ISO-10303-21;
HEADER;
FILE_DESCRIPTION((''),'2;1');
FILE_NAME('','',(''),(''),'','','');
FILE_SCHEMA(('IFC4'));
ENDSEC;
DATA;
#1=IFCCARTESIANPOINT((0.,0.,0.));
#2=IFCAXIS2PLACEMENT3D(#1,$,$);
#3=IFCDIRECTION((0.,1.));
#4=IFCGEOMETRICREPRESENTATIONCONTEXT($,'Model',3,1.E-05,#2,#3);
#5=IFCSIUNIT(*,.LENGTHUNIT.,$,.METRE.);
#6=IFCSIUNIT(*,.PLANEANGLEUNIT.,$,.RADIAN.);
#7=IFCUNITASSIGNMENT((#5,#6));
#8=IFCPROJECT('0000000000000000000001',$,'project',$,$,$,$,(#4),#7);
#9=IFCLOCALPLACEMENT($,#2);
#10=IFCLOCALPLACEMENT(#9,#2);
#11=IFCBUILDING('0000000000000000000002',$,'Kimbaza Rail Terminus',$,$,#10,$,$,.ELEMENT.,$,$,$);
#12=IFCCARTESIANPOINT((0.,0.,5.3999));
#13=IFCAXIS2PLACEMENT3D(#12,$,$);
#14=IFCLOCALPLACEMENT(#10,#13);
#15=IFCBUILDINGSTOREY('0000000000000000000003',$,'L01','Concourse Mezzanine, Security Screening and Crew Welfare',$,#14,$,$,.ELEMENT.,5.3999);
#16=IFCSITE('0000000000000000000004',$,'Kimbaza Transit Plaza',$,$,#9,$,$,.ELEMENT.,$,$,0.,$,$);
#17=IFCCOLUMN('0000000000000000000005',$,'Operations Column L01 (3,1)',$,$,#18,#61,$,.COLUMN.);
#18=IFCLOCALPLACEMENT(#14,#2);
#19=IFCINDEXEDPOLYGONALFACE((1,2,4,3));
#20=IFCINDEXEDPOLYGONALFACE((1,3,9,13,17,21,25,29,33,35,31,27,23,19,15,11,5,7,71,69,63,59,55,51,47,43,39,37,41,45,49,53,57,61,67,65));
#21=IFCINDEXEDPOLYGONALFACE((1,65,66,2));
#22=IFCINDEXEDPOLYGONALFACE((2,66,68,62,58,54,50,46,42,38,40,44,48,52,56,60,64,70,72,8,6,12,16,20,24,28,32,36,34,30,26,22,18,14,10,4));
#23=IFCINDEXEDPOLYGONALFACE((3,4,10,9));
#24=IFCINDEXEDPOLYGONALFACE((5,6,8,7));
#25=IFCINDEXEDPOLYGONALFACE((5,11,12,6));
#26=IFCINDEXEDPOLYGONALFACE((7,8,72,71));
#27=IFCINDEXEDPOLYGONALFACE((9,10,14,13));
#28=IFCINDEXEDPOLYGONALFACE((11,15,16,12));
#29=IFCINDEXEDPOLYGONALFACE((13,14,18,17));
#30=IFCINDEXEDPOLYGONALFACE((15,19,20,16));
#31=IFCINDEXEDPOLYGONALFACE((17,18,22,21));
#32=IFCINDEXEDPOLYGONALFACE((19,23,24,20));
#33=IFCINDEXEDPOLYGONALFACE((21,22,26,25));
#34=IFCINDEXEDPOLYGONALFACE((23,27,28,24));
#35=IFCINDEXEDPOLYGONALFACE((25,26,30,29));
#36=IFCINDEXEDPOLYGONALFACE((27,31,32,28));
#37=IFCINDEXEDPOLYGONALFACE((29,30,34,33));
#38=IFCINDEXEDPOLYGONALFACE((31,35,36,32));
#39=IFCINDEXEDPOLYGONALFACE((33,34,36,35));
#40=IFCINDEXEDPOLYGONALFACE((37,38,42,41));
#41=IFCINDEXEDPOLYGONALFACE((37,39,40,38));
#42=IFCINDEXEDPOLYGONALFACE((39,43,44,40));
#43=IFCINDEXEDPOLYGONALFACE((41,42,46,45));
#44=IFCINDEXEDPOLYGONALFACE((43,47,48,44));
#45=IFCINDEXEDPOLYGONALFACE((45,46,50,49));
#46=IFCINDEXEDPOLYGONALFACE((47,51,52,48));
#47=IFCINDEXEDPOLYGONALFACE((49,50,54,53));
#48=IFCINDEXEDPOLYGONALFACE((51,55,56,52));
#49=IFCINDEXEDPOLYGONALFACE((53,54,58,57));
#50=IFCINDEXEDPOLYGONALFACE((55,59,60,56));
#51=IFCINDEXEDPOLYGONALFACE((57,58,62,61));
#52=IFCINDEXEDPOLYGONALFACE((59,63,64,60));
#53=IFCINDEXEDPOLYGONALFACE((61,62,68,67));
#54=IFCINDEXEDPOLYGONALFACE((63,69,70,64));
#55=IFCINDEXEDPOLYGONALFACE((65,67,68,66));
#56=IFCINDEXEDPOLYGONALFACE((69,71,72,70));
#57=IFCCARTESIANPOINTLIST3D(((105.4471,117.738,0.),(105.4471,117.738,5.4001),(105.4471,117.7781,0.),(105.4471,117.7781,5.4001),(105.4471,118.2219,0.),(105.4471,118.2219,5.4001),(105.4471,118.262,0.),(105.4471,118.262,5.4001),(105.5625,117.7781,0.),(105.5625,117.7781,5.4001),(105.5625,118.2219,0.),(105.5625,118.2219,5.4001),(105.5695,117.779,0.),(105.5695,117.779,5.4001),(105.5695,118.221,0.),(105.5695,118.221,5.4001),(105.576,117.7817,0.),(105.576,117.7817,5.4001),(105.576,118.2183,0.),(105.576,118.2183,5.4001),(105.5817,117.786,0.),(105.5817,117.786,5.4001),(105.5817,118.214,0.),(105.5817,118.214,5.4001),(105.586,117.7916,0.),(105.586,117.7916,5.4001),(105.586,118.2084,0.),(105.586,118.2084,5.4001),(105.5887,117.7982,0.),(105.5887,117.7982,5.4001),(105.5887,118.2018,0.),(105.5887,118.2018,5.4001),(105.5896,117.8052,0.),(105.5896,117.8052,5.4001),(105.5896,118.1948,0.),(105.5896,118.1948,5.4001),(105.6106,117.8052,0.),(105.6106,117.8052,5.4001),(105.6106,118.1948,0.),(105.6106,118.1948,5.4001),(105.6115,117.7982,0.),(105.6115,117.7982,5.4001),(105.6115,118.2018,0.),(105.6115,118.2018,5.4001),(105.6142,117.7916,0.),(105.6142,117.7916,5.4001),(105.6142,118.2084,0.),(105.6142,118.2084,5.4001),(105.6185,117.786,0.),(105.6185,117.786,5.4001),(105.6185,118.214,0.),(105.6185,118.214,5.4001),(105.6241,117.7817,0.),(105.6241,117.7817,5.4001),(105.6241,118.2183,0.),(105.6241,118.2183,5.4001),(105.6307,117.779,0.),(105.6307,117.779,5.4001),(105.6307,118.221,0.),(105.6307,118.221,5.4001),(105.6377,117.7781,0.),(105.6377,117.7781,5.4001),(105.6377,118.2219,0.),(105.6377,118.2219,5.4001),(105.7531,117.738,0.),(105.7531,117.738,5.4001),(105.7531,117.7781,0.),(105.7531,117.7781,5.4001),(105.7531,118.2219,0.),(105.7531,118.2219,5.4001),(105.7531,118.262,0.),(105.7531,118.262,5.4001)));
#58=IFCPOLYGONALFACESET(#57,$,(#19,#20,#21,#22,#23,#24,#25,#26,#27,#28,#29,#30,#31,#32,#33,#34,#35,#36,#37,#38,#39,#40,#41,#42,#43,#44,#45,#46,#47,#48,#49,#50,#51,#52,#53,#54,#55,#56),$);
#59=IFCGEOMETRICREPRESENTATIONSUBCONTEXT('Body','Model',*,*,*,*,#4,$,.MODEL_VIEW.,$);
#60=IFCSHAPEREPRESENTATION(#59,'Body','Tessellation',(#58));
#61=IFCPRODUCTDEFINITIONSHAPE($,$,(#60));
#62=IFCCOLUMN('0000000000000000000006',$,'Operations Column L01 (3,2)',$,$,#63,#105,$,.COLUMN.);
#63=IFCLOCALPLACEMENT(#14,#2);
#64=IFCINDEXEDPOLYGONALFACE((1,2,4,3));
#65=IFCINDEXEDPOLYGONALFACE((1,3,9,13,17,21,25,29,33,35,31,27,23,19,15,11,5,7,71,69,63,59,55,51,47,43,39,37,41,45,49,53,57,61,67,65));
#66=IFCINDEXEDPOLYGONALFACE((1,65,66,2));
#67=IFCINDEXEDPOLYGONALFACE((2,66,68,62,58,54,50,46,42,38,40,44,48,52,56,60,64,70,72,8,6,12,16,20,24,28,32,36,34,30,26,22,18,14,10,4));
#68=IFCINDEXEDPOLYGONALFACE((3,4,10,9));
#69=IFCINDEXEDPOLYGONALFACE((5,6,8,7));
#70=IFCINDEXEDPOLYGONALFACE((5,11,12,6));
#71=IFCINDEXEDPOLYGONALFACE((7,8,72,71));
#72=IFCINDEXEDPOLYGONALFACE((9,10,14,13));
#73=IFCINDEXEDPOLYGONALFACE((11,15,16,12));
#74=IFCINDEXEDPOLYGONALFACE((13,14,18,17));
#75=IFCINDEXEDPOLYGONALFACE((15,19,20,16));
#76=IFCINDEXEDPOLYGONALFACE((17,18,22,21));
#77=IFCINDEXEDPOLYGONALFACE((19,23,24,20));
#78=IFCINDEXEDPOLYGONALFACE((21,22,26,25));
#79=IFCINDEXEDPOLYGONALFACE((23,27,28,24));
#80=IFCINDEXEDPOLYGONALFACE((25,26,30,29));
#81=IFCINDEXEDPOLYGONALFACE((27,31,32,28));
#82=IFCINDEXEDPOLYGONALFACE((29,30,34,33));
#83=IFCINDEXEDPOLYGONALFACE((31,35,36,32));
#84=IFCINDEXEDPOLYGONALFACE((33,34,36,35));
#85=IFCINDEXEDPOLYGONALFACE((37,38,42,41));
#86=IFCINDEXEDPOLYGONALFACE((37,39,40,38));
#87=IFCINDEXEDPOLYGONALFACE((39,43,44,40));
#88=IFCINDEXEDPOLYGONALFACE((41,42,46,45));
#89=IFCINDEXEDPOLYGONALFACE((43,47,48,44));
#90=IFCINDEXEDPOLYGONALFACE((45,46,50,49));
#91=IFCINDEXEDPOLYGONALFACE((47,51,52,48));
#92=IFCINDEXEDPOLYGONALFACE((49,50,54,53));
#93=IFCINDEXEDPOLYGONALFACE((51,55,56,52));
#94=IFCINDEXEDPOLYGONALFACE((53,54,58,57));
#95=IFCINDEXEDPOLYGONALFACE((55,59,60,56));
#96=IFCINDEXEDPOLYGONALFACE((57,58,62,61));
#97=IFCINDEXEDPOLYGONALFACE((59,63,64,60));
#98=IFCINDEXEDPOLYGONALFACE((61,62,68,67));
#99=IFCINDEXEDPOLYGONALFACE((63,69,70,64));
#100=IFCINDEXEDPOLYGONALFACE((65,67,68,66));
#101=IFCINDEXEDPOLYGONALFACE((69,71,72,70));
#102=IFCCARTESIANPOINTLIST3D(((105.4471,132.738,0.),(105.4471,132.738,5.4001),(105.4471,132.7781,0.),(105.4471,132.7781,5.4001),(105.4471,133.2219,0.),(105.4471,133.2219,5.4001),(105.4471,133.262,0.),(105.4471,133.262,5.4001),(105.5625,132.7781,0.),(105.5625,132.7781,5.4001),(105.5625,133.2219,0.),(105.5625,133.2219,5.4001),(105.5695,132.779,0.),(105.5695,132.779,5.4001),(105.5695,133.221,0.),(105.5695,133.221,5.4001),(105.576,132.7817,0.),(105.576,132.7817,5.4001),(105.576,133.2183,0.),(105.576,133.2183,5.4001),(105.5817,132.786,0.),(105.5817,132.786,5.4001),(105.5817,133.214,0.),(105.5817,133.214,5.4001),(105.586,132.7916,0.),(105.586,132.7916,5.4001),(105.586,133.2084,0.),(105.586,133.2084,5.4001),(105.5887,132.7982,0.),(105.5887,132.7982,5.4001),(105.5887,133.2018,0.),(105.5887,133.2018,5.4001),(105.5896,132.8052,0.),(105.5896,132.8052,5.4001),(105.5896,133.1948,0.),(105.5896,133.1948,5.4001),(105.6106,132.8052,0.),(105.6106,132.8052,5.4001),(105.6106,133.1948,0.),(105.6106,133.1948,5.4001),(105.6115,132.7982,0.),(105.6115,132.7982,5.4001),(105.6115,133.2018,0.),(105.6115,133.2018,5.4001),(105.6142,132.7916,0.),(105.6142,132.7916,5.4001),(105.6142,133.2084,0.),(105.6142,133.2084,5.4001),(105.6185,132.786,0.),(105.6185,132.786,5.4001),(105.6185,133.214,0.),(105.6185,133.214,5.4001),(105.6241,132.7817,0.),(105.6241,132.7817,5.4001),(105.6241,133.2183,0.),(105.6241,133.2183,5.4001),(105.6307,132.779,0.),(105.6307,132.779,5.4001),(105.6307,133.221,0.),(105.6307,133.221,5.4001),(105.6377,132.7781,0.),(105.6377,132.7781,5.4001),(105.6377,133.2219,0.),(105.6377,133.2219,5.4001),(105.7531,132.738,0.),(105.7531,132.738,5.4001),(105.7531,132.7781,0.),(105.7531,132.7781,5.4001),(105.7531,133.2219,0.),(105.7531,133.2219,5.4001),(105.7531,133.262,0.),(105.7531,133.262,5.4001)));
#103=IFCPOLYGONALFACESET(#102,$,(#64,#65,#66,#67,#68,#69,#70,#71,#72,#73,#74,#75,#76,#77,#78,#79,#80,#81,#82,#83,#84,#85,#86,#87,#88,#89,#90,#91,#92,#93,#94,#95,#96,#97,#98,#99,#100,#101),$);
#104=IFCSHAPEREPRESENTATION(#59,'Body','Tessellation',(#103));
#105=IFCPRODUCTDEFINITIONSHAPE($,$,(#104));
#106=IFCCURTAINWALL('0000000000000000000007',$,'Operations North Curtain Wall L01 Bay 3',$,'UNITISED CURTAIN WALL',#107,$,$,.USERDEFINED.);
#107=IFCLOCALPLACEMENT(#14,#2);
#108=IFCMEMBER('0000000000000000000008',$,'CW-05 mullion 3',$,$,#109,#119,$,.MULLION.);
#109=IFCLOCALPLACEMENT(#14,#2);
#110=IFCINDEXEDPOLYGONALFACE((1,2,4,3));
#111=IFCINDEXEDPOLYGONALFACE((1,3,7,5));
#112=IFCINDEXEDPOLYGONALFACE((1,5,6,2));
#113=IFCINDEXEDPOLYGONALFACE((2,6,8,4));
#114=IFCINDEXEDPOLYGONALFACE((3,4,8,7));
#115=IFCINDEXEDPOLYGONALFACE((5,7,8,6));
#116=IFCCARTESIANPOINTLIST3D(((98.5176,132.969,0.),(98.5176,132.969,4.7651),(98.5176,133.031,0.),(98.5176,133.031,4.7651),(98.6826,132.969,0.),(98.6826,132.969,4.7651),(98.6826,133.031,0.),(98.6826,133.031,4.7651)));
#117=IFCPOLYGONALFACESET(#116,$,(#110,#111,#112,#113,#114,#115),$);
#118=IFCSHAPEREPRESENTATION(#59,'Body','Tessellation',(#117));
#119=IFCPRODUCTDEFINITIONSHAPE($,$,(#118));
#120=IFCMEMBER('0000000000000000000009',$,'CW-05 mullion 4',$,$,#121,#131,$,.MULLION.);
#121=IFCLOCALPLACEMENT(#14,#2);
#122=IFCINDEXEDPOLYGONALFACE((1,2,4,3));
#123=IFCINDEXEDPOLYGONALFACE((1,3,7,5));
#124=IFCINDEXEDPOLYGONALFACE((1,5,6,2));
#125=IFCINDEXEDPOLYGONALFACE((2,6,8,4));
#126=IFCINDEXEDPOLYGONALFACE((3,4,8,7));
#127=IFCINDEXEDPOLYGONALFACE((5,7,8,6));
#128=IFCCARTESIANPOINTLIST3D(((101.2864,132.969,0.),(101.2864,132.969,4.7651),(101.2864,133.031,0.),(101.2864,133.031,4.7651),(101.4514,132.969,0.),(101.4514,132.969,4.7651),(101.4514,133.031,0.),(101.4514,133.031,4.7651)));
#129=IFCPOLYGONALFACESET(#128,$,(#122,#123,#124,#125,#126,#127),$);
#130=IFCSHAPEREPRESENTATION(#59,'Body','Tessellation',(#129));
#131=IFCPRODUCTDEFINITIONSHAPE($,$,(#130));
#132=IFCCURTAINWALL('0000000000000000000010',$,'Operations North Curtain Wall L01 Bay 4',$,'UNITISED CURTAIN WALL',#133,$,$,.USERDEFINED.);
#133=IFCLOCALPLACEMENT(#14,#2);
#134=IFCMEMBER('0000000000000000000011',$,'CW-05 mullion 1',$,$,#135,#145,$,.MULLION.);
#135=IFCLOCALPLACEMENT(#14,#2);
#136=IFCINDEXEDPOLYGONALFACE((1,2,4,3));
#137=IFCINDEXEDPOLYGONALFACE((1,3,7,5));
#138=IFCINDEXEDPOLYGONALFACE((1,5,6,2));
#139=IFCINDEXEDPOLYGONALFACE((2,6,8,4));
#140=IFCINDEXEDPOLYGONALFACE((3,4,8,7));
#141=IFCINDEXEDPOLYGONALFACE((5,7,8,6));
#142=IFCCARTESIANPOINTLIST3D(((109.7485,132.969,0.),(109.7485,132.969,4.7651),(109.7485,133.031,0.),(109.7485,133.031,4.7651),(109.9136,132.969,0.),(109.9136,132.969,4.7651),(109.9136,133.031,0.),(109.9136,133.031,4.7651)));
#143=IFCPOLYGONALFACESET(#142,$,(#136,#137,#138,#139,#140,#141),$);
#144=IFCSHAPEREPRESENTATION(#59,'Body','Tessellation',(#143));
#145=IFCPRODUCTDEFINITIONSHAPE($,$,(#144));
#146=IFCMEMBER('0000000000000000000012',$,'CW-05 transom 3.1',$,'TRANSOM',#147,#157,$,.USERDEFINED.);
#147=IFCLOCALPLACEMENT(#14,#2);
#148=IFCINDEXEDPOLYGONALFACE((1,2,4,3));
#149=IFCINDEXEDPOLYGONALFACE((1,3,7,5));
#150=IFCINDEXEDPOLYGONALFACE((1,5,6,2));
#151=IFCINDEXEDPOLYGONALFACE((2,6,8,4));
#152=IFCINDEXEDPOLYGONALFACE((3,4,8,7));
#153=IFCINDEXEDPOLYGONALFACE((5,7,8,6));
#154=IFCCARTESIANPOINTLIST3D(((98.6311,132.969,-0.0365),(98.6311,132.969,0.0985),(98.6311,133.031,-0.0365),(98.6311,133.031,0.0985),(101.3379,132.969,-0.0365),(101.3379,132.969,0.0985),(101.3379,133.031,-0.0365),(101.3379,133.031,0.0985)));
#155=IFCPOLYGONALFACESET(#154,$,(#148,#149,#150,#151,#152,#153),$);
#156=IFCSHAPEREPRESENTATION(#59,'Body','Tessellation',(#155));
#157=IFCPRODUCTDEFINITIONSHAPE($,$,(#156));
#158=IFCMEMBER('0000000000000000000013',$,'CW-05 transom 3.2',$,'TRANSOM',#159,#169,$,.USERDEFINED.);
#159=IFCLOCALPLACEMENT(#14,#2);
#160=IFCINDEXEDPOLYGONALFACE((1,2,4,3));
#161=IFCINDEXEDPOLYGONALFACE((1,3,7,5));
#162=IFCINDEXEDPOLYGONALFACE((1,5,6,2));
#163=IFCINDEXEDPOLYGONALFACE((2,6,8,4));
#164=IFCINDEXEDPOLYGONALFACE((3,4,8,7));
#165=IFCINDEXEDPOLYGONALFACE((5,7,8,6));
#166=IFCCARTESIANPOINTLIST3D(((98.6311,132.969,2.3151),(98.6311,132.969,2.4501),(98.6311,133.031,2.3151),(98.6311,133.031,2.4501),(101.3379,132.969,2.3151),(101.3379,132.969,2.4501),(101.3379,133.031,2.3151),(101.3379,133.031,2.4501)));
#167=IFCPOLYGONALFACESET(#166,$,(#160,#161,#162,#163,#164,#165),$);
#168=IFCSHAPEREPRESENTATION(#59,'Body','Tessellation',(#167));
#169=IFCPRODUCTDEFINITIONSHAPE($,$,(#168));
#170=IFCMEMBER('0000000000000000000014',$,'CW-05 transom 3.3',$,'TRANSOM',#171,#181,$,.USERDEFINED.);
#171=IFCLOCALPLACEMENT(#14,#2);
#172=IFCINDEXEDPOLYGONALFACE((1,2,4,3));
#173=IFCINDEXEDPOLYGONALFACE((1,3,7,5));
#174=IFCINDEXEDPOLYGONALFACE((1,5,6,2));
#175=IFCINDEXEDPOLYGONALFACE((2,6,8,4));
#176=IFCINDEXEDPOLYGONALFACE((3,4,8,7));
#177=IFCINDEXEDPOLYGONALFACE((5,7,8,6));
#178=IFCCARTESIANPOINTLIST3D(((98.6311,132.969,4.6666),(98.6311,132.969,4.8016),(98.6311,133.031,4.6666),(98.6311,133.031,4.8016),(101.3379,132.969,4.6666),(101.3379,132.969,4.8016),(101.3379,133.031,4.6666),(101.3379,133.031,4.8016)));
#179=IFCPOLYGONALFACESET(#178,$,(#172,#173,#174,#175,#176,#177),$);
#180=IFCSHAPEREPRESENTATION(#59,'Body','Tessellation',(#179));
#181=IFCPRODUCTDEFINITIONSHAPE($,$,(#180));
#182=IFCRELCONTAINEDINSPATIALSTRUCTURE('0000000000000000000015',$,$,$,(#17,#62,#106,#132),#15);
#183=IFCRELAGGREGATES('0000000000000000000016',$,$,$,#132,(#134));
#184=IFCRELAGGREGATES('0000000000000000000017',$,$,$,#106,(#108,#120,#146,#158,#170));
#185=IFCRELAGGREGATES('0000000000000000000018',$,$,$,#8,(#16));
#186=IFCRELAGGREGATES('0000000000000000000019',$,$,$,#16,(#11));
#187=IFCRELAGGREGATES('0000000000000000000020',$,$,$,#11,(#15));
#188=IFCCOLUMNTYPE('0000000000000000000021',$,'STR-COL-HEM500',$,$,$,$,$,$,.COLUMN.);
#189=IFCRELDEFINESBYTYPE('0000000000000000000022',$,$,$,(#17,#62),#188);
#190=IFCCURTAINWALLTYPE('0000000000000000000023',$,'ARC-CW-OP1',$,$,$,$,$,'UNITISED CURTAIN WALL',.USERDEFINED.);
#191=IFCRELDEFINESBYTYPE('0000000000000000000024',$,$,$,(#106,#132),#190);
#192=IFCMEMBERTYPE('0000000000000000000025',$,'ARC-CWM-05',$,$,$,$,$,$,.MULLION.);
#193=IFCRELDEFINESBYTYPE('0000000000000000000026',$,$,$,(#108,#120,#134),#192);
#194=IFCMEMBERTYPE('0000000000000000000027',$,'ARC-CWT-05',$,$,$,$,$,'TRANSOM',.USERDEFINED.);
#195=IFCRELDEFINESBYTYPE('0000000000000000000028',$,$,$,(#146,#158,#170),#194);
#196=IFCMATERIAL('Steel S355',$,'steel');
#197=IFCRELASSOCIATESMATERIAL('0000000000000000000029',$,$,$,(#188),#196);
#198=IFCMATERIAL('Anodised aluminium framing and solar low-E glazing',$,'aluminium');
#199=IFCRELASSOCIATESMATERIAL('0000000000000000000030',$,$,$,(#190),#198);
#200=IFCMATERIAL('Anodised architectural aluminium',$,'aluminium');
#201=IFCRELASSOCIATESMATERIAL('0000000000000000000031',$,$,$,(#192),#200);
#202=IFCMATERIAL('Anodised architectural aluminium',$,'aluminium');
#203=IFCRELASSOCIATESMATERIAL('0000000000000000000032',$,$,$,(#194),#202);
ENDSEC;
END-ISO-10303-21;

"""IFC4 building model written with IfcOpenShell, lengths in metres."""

from ifc_helpers import new_model, si_unit, direction, frame, origin, origin_2d, place, context, subcontext, project, spatial, rectangle, i_section, extrude, material, material_profile, profile_set, type_object, element, aggregate, save


model = new_model("IFC4")

# Units and contexts
model_context = context("Model", 3, precision=1e-05, world=origin(), true_north=direction((0.0, 1.0)))
body_context = subcontext(model_context, "Body", "Model", "MODEL_VIEW")
ifc_project = project(units=[si_unit("LENGTHUNIT", "METRE"), si_unit("PLANEANGLEUNIT", "RADIAN")], contexts=[model_context])

# Site, building, storey
site_placement = place(None, origin())
site = spatial("IfcSite", under=ifc_project, at=site_placement, Name="Kimbaza Transit Plaza", CompositionType="ELEMENT", RefElevation=0.0)
building_placement = place(site_placement, origin())
building = spatial("IfcBuilding", under=site, at=building_placement, Name="Kimbaza Rail Terminus", CompositionType="ELEMENT")
storey_placement = place(building_placement, frame((0.0, 0.0, 5.3999)))
storey = spatial("IfcBuildingStorey", under=building, at=storey_placement, Name="L01", Description="Concourse Mezzanine, Security Screening and Crew Welfare", CompositionType="ELEMENT", Elevation=5.3999)

# Columns
ifc_material_1 = material(Name="Steel S355", Category="steel")
ifc_material_profile_1 = material_profile(ifc_material_1, i_section(OverallWidth=0.3059, OverallDepth=0.5239, WebThickness=0.021, FlangeThickness=0.04, FilletRadius=0.0271, at=origin_2d()), Name="HEM 500")
ifc_profile_set_1 = profile_set([ifc_material_profile_1], Name="Steel S355")
column_type = type_object("IfcColumnType", Name="STR-COL-HEM500", PredefinedType="COLUMN", material=ifc_profile_set_1)
for number, where, z_axis, x_axis, name in (
    (1, (105.6001, 118.0, 0.0), (0.0, 0.0, 1.0), (1.0, 0.0, 0.0), "Operations Column L01 (3,1)"),
    (2, (105.6001, 133.0, 0.0), (0.0, 0.0, 1.0), (1.0, 0.0, 0.0), "Operations Column L01 (3,2)"),
):
    element("IfcColumn", number, at=place(storey_placement, frame(where, z_axis=z_axis, x_axis=x_axis)), inside=storey, type_object=column_type, Name=name, PredefinedType="COLUMN", context=body_context, shape_type="SweptSolid", body=[
        extrude(i_section(OverallWidth=0.3059, OverallDepth=0.5239, WebThickness=0.021, FlangeThickness=0.04, FilletRadius=0.0271, at=origin_2d()), origin(), (0.0, 0.0, 1.0), 5.4001),
    ])

# Curtain wall, members
ifc_material_2 = material(Name="Anodised aluminium framing and solar low-E glazing", Category="aluminium")
curtain_wall_type = type_object("IfcCurtainWallType", Name="ARC-CW-OP1", ElementType="UNITISED CURTAIN WALL", PredefinedType="USERDEFINED", material=ifc_material_2)
curtain_wall_1_placement = place(storey_placement, origin())
curtain_wall_1 = element("IfcCurtainWall", 3, at=curtain_wall_1_placement, inside=storey, type_object=curtain_wall_type, Name="Operations North Curtain Wall L01 Bay 3", ObjectType="UNITISED CURTAIN WALL", PredefinedType="USERDEFINED")
ifc_material_3 = material(Name="Anodised architectural aluminium", Category="aluminium")
ifc_material_profile_2 = material_profile(ifc_material_3, rectangle(XDim=0.062, YDim=0.165, at=origin_2d()), Name="MULLION 62x165")
ifc_profile_set_2 = profile_set([ifc_material_profile_2], Name="Anodised architectural aluminium")
member_type_1 = type_object("IfcMemberType", Name="ARC-CWM-05", PredefinedType="MULLION", material=ifc_profile_set_2)
member_1_placement = place(storey_placement, frame((98.6001, 133.0, 0.0), z_axis=(0.0, 0.0, 1.0), x_axis=(0.0, 1.0, 0.0)))
member_1 = element("IfcMember", 4, at=member_1_placement, type_object=member_type_1, Name="CW-05 mullion 3", PredefinedType="MULLION", context=body_context, shape_type="SweptSolid", body=[
    extrude(rectangle(XDim=0.062, YDim=0.165, at=origin_2d()), origin(), (0.0, 0.0, 1.0), 4.7651),
])
member_2_placement = place(storey_placement, frame((101.3689, 133.0, 0.0), z_axis=(0.0, 0.0, 1.0), x_axis=(0.0, 1.0, 0.0)))
member_2 = element("IfcMember", 5, at=member_2_placement, type_object=member_type_1, Name="CW-05 mullion 4", PredefinedType="MULLION", context=body_context, shape_type="SweptSolid", body=[
    extrude(rectangle(XDim=0.062, YDim=0.165, at=origin_2d()), origin(), (0.0, 0.0, 1.0), 4.7651),
])

# Curtain wall, member
curtain_wall_2_placement = place(storey_placement, origin())
curtain_wall_2 = element("IfcCurtainWall", 6, at=curtain_wall_2_placement, inside=storey, type_object=curtain_wall_type, Name="Operations North Curtain Wall L01 Bay 4", ObjectType="UNITISED CURTAIN WALL", PredefinedType="USERDEFINED")
member_3_placement = place(storey_placement, frame((109.8311, 133.0, 0.0), z_axis=(0.0, 0.0, 1.0), x_axis=(0.0, 1.0, 0.0)))
member_3 = element("IfcMember", 7, at=member_3_placement, type_object=member_type_1, Name="CW-05 mullion 1", PredefinedType="MULLION", context=body_context, shape_type="SweptSolid", body=[
    extrude(rectangle(XDim=0.062, YDim=0.165, at=origin_2d()), origin(), (0.0, 0.0, 1.0), 4.7651),
])
aggregate(curtain_wall_2, [member_3])

# Members
ifc_material_4 = material(Name="Anodised architectural aluminium", Category="aluminium")
ifc_material_profile_3 = material_profile(ifc_material_4, rectangle(XDim=0.062, YDim=0.135, at=origin_2d()), Name="TRANSOM 62x135")
ifc_profile_set_3 = profile_set([ifc_material_profile_3], Name="Anodised architectural aluminium")
member_type_2 = type_object("IfcMemberType", Name="ARC-CWT-05", ElementType="TRANSOM", PredefinedType="USERDEFINED", material=ifc_profile_set_3)
member_4_placement = place(storey_placement, frame((98.6311, 133.0, 0.031), z_axis=(1.0, 0.0, 0.0), x_axis=(0.0, 1.0, 0.0)))
member_4 = element("IfcMember", 8, at=member_4_placement, type_object=member_type_2, Name="CW-05 transom 3.1", ObjectType="TRANSOM", PredefinedType="USERDEFINED", context=body_context, shape_type="SweptSolid", body=[
    extrude(rectangle(XDim=0.062, YDim=0.135, at=origin_2d()), origin(), (0.0, 0.0, 1.0), 2.7068),
])
member_5_placement = place(storey_placement, frame((98.6311, 133.0, 2.3826), z_axis=(1.0, 0.0, 0.0), x_axis=(0.0, 1.0, 0.0)))
member_5 = element("IfcMember", 9, at=member_5_placement, type_object=member_type_2, Name="CW-05 transom 3.2", ObjectType="TRANSOM", PredefinedType="USERDEFINED", context=body_context, shape_type="SweptSolid", body=[
    extrude(rectangle(XDim=0.062, YDim=0.135, at=origin_2d()), origin(), (0.0, 0.0, 1.0), 2.7068),
])
member_6_placement = place(storey_placement, frame((98.6311, 133.0, 4.7341), z_axis=(1.0, 0.0, 0.0), x_axis=(0.0, 1.0, 0.0)))
member_6 = element("IfcMember", 10, at=member_6_placement, type_object=member_type_2, Name="CW-05 transom 3.3", ObjectType="TRANSOM", PredefinedType="USERDEFINED", context=body_context, shape_type="SweptSolid", body=[
    extrude(rectangle(XDim=0.062, YDim=0.135, at=origin_2d()), origin(), (0.0, 0.0, 1.0), 2.7068),
])

aggregate(curtain_wall_1, [member_1, member_2, member_4, member_5, member_6])

save(model, "model.ifc")
